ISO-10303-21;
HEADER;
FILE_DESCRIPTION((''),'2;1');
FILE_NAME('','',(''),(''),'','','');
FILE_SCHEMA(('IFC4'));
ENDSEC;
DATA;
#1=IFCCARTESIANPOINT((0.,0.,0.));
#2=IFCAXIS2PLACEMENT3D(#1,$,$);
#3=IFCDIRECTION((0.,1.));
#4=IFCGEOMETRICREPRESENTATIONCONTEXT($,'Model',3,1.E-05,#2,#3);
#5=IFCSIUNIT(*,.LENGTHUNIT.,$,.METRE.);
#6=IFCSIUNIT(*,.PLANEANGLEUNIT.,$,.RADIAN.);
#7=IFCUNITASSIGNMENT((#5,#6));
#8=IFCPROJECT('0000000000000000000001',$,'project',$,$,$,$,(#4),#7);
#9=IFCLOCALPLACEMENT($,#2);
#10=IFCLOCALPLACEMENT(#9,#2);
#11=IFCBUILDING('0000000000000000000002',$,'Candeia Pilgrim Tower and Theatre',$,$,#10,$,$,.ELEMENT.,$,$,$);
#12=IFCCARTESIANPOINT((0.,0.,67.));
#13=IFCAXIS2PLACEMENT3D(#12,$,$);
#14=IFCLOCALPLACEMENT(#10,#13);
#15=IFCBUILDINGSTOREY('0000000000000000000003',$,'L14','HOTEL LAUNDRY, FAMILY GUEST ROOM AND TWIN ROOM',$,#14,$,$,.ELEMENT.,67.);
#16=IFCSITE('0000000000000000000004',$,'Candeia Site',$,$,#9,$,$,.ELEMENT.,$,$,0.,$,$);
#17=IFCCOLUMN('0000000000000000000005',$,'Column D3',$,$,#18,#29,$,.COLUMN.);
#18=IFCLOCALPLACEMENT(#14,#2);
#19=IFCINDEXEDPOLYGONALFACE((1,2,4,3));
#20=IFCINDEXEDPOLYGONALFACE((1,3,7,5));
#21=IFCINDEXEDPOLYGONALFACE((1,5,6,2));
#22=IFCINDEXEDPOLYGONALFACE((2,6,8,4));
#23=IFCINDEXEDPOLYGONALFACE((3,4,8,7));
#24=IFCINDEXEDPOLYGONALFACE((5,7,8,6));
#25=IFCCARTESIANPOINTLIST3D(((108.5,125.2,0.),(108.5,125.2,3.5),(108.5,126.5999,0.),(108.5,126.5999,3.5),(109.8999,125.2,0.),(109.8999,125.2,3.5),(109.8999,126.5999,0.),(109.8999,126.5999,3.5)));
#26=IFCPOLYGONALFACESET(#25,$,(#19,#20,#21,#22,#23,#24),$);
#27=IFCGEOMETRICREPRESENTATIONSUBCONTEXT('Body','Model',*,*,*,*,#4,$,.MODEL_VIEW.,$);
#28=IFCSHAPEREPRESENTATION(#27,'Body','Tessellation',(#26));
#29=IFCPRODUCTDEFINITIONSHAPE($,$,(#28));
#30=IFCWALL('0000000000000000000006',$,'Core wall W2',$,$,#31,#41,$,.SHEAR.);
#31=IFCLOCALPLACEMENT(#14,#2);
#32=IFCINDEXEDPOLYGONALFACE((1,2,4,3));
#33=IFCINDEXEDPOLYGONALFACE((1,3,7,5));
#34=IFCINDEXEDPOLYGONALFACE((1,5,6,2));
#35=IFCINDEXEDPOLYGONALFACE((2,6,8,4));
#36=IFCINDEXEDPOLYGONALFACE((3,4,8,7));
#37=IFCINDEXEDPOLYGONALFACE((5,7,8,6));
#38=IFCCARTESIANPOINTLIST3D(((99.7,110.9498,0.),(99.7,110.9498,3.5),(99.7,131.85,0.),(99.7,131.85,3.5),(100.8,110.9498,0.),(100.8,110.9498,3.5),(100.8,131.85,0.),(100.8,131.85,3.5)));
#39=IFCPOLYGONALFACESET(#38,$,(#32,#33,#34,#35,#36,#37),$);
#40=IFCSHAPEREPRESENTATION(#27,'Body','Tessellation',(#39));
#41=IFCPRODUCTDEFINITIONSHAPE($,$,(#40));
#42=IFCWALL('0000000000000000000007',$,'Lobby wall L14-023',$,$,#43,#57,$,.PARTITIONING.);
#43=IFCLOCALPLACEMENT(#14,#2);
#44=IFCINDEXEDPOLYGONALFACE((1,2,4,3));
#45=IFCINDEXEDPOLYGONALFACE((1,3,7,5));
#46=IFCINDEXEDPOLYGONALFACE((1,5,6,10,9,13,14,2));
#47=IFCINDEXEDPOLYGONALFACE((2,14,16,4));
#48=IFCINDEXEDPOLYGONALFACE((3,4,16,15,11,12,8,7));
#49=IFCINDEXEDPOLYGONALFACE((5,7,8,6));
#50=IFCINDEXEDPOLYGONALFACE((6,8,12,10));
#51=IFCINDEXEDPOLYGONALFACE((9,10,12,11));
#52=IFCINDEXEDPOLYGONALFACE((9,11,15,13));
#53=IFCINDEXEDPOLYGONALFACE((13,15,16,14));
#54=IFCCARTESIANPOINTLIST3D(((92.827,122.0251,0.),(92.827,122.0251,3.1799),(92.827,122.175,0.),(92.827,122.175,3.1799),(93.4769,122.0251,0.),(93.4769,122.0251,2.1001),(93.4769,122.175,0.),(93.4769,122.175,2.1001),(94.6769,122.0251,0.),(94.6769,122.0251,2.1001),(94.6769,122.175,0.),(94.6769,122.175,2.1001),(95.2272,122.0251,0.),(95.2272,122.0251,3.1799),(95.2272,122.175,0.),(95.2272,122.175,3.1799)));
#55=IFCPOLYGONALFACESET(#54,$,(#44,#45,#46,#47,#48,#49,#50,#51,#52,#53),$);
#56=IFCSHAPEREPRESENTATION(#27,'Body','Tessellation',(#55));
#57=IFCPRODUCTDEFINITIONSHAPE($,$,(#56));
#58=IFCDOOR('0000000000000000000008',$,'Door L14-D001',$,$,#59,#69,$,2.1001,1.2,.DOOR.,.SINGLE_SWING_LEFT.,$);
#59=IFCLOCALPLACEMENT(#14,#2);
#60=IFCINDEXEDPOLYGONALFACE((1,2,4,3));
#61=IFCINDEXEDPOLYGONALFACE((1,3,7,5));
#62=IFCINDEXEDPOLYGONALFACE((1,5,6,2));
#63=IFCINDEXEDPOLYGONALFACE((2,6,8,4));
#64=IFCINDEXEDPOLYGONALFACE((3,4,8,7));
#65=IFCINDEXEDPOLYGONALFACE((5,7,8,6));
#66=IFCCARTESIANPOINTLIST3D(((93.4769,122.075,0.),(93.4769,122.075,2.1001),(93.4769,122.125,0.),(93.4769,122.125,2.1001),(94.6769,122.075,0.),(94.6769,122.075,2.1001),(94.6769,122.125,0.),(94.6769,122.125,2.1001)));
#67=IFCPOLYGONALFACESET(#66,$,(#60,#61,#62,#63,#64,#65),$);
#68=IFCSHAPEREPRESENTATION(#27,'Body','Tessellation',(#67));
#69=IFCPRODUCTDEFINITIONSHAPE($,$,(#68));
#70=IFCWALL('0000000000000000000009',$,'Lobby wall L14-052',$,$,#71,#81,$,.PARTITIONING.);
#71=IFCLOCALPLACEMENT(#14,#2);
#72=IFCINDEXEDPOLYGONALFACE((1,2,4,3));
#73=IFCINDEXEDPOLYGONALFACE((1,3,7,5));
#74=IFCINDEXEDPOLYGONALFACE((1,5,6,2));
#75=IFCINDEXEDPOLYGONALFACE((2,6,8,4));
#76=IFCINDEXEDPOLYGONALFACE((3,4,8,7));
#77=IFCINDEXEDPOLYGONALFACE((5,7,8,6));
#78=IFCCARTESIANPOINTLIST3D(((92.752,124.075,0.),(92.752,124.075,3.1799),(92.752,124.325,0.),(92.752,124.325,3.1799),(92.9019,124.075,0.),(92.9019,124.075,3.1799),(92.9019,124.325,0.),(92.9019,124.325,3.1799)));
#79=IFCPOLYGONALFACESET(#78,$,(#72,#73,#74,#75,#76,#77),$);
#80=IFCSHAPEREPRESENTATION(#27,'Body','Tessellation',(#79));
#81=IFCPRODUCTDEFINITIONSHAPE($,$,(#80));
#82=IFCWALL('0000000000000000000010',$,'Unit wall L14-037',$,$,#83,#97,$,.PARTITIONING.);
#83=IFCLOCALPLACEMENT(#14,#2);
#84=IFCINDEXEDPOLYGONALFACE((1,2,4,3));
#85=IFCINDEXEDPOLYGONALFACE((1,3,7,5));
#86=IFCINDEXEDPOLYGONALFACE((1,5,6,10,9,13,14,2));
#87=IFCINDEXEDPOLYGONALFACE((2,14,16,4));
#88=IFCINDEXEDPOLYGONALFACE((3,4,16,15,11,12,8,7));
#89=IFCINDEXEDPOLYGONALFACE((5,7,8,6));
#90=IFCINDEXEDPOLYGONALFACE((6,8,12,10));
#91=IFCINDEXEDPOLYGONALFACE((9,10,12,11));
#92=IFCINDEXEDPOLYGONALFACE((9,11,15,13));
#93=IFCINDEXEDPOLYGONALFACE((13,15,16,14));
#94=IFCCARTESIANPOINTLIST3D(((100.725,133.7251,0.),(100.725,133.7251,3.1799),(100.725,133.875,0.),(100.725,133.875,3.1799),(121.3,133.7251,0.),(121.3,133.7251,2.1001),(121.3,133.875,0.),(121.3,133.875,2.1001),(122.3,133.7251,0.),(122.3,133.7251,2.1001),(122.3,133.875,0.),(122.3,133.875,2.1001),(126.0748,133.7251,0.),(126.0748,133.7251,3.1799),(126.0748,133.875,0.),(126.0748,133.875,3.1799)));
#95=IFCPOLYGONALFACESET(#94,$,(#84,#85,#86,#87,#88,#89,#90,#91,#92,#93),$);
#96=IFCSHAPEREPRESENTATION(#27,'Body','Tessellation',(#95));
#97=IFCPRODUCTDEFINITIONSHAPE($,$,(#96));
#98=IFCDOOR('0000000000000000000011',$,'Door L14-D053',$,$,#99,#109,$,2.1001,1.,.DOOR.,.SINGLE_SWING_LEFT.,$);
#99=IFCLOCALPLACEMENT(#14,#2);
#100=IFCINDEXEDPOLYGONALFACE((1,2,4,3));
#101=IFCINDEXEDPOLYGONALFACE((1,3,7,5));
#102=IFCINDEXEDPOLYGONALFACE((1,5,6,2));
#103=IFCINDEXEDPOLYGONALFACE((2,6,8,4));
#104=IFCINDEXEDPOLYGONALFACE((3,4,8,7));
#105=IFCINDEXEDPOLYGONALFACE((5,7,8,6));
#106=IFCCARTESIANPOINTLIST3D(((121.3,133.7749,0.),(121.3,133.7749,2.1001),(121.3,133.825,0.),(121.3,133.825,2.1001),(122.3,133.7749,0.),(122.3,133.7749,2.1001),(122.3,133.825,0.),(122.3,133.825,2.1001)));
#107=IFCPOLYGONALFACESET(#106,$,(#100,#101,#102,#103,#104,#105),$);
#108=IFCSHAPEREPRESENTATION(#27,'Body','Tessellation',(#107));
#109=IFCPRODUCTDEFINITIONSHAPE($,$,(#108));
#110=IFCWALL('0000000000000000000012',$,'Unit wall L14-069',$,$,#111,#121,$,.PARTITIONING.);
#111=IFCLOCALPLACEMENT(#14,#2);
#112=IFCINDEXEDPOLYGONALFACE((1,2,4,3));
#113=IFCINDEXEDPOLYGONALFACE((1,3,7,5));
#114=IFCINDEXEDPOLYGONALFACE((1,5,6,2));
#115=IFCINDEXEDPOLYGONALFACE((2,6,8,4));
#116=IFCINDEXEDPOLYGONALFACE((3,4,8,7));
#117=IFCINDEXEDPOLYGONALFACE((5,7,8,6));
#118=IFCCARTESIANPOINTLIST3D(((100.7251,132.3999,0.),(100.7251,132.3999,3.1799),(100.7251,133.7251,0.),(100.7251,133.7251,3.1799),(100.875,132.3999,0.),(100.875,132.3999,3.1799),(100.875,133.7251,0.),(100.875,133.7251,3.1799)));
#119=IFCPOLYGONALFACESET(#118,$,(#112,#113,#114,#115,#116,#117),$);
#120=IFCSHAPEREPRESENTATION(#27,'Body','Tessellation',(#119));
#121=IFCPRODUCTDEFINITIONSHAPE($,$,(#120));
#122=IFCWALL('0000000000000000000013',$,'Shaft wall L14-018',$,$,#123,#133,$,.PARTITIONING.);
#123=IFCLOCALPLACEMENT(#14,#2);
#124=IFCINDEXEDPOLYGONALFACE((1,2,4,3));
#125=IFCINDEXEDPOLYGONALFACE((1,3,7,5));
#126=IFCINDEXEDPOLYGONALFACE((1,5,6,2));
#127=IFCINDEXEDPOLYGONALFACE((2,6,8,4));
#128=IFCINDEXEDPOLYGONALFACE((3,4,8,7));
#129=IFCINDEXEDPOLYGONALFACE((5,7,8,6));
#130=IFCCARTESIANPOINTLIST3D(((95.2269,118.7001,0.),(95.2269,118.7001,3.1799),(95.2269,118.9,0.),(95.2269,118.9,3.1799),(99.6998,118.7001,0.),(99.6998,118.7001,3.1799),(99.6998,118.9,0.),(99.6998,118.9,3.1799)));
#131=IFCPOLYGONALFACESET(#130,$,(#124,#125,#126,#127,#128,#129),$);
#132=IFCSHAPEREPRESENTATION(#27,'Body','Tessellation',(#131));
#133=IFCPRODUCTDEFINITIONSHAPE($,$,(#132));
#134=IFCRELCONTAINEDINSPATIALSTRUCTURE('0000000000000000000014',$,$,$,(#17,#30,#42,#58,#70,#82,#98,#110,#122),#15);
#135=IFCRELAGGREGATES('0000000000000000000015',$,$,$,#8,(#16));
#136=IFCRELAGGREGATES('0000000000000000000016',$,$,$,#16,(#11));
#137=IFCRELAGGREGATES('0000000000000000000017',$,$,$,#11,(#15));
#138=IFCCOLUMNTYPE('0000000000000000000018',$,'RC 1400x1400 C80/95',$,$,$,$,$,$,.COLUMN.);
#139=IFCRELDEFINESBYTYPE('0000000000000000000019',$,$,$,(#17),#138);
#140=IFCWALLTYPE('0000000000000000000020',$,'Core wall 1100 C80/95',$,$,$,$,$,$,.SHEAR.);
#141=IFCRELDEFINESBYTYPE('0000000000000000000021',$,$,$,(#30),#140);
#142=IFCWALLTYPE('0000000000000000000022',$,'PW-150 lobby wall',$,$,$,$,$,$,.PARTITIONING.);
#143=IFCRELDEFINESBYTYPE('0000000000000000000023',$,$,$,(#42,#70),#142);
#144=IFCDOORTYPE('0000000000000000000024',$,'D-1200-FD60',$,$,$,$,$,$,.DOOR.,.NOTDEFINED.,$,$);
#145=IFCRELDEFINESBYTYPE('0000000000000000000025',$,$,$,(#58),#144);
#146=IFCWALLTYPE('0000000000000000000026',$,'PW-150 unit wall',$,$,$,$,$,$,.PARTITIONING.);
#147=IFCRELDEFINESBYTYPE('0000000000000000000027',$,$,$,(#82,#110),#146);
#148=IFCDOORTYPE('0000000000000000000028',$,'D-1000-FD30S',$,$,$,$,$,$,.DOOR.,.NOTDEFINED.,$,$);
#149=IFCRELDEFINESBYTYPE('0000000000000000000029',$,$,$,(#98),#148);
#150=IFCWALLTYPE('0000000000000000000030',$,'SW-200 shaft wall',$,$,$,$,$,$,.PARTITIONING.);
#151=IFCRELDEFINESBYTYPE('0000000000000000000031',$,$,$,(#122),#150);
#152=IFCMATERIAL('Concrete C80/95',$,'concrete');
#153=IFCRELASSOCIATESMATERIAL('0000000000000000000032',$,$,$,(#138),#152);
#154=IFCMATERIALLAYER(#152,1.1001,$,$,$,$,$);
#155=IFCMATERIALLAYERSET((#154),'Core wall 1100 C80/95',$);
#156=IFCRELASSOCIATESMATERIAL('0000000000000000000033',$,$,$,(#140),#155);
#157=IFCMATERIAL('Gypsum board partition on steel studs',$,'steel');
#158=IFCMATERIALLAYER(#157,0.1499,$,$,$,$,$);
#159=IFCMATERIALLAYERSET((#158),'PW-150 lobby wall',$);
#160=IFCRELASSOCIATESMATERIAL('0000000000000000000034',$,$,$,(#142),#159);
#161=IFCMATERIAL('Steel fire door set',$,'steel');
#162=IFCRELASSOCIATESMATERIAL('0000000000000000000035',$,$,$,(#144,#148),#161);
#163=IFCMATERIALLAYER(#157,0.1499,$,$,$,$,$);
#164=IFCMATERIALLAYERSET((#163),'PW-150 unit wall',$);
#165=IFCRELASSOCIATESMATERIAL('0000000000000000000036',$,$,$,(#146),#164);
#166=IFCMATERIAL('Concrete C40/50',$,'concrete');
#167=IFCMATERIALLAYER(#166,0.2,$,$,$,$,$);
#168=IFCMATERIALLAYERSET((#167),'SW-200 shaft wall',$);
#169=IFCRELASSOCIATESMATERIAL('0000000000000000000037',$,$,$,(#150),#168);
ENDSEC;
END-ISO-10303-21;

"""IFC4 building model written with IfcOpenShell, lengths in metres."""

from ifc_helpers import new_model, si_unit, direction, frame, frame_2d, origin, origin_2d, place, context, subcontext, project, spatial, rectangle, extrude, material, layer, layer_set, material_profile, profile_set, type_object, element, fill, save


model = new_model("IFC4")

# Units and contexts
model_context = context("Model", 3, precision=1e-05, world=origin(), true_north=direction((0.0, 1.0)))
body_context = subcontext(model_context, "Body", "Model", "MODEL_VIEW")
ifc_project = project(units=[si_unit("LENGTHUNIT", "METRE"), si_unit("PLANEANGLEUNIT", "RADIAN")], contexts=[model_context])

# Site, building, storey
site_placement = place(None, origin())
site = spatial("IfcSite", under=ifc_project, at=site_placement, Name="Candeia Site", CompositionType="ELEMENT", RefElevation=0.0)
building_placement = place(site_placement, origin())
building = spatial("IfcBuilding", under=site, at=building_placement, Name="Candeia Pilgrim Tower and Theatre", CompositionType="ELEMENT")
storey_placement = place(building_placement, frame((0.0, 0.0, 67.0)))
storey = spatial("IfcBuildingStorey", under=building, at=storey_placement, Name="L14", Description="HOTEL LAUNDRY, FAMILY GUEST ROOM AND TWIN ROOM", CompositionType="ELEMENT", Elevation=67.0)

# Column
ifc_material_1 = material(Name="Concrete C80/95", Category="concrete")
ifc_material_profile = material_profile(ifc_material_1, rectangle(XDim=1.3999, YDim=1.3999, at=origin_2d()))
ifc_profile_set = profile_set([ifc_material_profile], Name="Concrete C80/95")
column_type = type_object("IfcColumnType", Name="RC 1400x1400 C80/95", PredefinedType="COLUMN", material=ifc_profile_set)
column_placement = place(storey_placement, frame((109.2, 125.8999, 0.0), z_axis=(0.0, 0.0, 1.0), x_axis=(1.0, 0.0, 0.0)))
element("IfcColumn", 1, at=column_placement, inside=storey, type_object=column_type, Name="Column D3", PredefinedType="COLUMN", context=body_context, shape_type="SweptSolid", body=[
    extrude(rectangle(XDim=1.3999, YDim=1.3999, at=origin_2d()), origin(), (0.0, 0.0, 1.0), 3.5),
])

# Wall
ifc_layer_1 = layer(ifc_material_1, 1.1001)
ifc_layer_set_1 = layer_set([ifc_layer_1], Name="Core wall 1100 C80/95")
wall_type_1 = type_object("IfcWallType", Name="Core wall 1100 C80/95", PredefinedType="SHEAR", material=ifc_layer_set_1)
wall_1_placement = place(storey_placement, frame((100.25, 131.8501, 0.0), z_axis=(0.0, 0.0, 1.0), x_axis=(0.0, -1.0, 0.0)))
element("IfcWall", 2, at=wall_1_placement, inside=storey, type_object=wall_type_1, Name="Core wall W2", PredefinedType="SHEAR", context=body_context, shape_type="SweptSolid", body=[
    extrude(rectangle(XDim=20.9001, YDim=1.1001, at=frame_2d((10.4502, 0.0))), origin(), (0.0, 0.0, 1.0), 3.5),
])

# Wall, opening, door
ifc_material_2 = material(Name="Gypsum board partition on steel studs", Category="steel")
ifc_layer_2 = layer(ifc_material_2, 0.1499)
ifc_layer_set_2 = layer_set([ifc_layer_2], Name="PW-150 lobby wall")
wall_type_2 = type_object("IfcWallType", Name="PW-150 lobby wall", PredefinedType="PARTITIONING", material=ifc_layer_set_2)
wall_2_placement = place(storey_placement, frame((92.8269, 122.1001, 0.0), z_axis=(0.0, 0.0, 1.0), x_axis=(1.0, 0.0, 0.0)))
wall_2 = element("IfcWall", 3, at=wall_2_placement, inside=storey, type_object=wall_type_2, Name="Lobby wall L14-023", PredefinedType="PARTITIONING", context=body_context, shape_type="SweptSolid", body=[
    extrude(rectangle(XDim=2.4001, YDim=0.1499, at=frame_2d((1.2002, 0.0))), origin(), (0.0, 0.0, 1.0), 3.1799),
])
opening_1_placement = place(wall_2_placement, frame((0.6499, 0.0, 0.0)))
opening_1 = element("IfcOpeningElement", 4, at=opening_1_placement, cuts=wall_2, PredefinedType="OPENING", context=body_context, shape_type="SweptSolid", body=[
    extrude(rectangle(XDim=1.2, YDim=2.1001, at=frame_2d((0.6001, 1.05))), frame((0.0, 0.085, 0.0), z_axis=(0.0, -1.0, 0.0), x_axis=(1.0, 0.0, 0.0)), (0.0, 0.0, 1.0), 0.1699),
])
ifc_material_3 = material(Name="Steel fire door set", Category="steel")
door_type_1 = type_object("IfcDoorType", Name="D-1200-FD60", OperationType="NOTDEFINED", PredefinedType="DOOR", material=ifc_material_3)
door_1_placement = place(opening_1_placement, origin())
door_1 = element("IfcDoor", 5, at=door_1_placement, inside=storey, type_object=door_type_1, Name="Door L14-D001", OperationType="SINGLE_SWING_LEFT", OverallHeight=2.1001, OverallWidth=1.2, PredefinedType="DOOR", context=body_context, shape_type="SweptSolid", body=[
    extrude(rectangle(XDim=1.2, YDim=2.1001, at=frame_2d((0.6001, 1.05))), frame((0.0, 0.0249, 0.0), z_axis=(0.0, -1.0, 0.0), x_axis=(1.0, 0.0, 0.0)), (0.0, 0.0, 1.0), 0.05),
])
fill(opening_1, door_1)

# Wall
wall_3_placement = place(storey_placement, frame((92.8269, 124.075, 0.0), z_axis=(0.0, 0.0, 1.0), x_axis=(0.0, 1.0, 0.0)))
element("IfcWall", 6, at=wall_3_placement, inside=storey, type_object=wall_type_2, Name="Lobby wall L14-052", PredefinedType="PARTITIONING", context=body_context, shape_type="SweptSolid", body=[
    extrude(rectangle(XDim=0.25, YDim=0.1499, at=frame_2d((0.125, 0.0))), origin(), (0.0, 0.0, 1.0), 3.1799),
])

# Wall, opening, door
ifc_layer_3 = layer(ifc_material_2, 0.1499)
ifc_layer_set_3 = layer_set([ifc_layer_3], Name="PW-150 unit wall")
wall_type_3 = type_object("IfcWallType", Name="PW-150 unit wall", PredefinedType="PARTITIONING", material=ifc_layer_set_3)
wall_4_placement = place(storey_placement, frame((100.7251, 133.8, 0.0), z_axis=(0.0, 0.0, 1.0), x_axis=(1.0, 0.0, 0.0)))
wall_4 = element("IfcWall", 7, at=wall_4_placement, inside=storey, type_object=wall_type_3, Name="Unit wall L14-037", PredefinedType="PARTITIONING", context=body_context, shape_type="SweptSolid", body=[
    extrude(rectangle(XDim=25.3499, YDim=0.1499, at=frame_2d((12.6748, 0.0))), origin(), (0.0, 0.0, 1.0), 3.1799),
])
opening_2_placement = place(wall_4_placement, frame((20.575, 0.0, 0.0)))
opening_2 = element("IfcOpeningElement", 8, at=opening_2_placement, cuts=wall_4, PredefinedType="OPENING", context=body_context, shape_type="SweptSolid", body=[
    extrude(rectangle(XDim=1.0, YDim=2.1001, at=frame_2d((0.5, 1.05))), frame((0.0, 0.085, 0.0), z_axis=(0.0, -1.0, 0.0), x_axis=(1.0, 0.0, 0.0)), (0.0, 0.0, 1.0), 0.1699),
])
door_type_2 = type_object("IfcDoorType", Name="D-1000-FD30S", OperationType="NOTDEFINED", PredefinedType="DOOR", material=ifc_material_3)
door_2_placement = place(opening_2_placement, origin())
door_2 = element("IfcDoor", 9, at=door_2_placement, inside=storey, type_object=door_type_2, Name="Door L14-D053", OperationType="SINGLE_SWING_LEFT", OverallHeight=2.1001, OverallWidth=1.0, PredefinedType="DOOR", context=body_context, shape_type="SweptSolid", body=[
    extrude(rectangle(XDim=1.0, YDim=2.1001, at=frame_2d((0.5, 1.05))), frame((0.0, 0.0249, 0.0), z_axis=(0.0, -1.0, 0.0), x_axis=(1.0, 0.0, 0.0)), (0.0, 0.0, 1.0), 0.05),
])
fill(opening_2, door_2)

# Walls
wall_5_placement = place(storey_placement, frame((100.8, 132.3999, 0.0), z_axis=(0.0, 0.0, 1.0), x_axis=(0.0, 1.0, 0.0)))
element("IfcWall", 10, at=wall_5_placement, inside=storey, type_object=wall_type_3, Name="Unit wall L14-069", PredefinedType="PARTITIONING", context=body_context, shape_type="SweptSolid", body=[
    extrude(rectangle(XDim=1.3252, YDim=0.1499, at=frame_2d((0.6626, 0.0))), origin(), (0.0, 0.0, 1.0), 3.1799),
])
ifc_material_4 = material(Name="Concrete C40/50", Category="concrete")
ifc_layer_4 = layer(ifc_material_4, 0.2)
ifc_layer_set_4 = layer_set([ifc_layer_4], Name="SW-200 shaft wall")
wall_type_4 = type_object("IfcWallType", Name="SW-200 shaft wall", PredefinedType="PARTITIONING", material=ifc_layer_set_4)
wall_6_placement = place(storey_placement, frame((95.2271, 118.8, 0.0), z_axis=(0.0, 0.0, 1.0), x_axis=(1.0, 0.0, 0.0)))
element("IfcWall", 11, at=wall_6_placement, inside=storey, type_object=wall_type_4, Name="Shaft wall L14-018", PredefinedType="PARTITIONING", context=body_context, shape_type="SweptSolid", body=[
    extrude(rectangle(XDim=4.4729, YDim=0.2, at=frame_2d((2.2363, 0.0))), origin(), (0.0, 0.0, 1.0), 3.1799),
])

save(model, "model.ifc")
